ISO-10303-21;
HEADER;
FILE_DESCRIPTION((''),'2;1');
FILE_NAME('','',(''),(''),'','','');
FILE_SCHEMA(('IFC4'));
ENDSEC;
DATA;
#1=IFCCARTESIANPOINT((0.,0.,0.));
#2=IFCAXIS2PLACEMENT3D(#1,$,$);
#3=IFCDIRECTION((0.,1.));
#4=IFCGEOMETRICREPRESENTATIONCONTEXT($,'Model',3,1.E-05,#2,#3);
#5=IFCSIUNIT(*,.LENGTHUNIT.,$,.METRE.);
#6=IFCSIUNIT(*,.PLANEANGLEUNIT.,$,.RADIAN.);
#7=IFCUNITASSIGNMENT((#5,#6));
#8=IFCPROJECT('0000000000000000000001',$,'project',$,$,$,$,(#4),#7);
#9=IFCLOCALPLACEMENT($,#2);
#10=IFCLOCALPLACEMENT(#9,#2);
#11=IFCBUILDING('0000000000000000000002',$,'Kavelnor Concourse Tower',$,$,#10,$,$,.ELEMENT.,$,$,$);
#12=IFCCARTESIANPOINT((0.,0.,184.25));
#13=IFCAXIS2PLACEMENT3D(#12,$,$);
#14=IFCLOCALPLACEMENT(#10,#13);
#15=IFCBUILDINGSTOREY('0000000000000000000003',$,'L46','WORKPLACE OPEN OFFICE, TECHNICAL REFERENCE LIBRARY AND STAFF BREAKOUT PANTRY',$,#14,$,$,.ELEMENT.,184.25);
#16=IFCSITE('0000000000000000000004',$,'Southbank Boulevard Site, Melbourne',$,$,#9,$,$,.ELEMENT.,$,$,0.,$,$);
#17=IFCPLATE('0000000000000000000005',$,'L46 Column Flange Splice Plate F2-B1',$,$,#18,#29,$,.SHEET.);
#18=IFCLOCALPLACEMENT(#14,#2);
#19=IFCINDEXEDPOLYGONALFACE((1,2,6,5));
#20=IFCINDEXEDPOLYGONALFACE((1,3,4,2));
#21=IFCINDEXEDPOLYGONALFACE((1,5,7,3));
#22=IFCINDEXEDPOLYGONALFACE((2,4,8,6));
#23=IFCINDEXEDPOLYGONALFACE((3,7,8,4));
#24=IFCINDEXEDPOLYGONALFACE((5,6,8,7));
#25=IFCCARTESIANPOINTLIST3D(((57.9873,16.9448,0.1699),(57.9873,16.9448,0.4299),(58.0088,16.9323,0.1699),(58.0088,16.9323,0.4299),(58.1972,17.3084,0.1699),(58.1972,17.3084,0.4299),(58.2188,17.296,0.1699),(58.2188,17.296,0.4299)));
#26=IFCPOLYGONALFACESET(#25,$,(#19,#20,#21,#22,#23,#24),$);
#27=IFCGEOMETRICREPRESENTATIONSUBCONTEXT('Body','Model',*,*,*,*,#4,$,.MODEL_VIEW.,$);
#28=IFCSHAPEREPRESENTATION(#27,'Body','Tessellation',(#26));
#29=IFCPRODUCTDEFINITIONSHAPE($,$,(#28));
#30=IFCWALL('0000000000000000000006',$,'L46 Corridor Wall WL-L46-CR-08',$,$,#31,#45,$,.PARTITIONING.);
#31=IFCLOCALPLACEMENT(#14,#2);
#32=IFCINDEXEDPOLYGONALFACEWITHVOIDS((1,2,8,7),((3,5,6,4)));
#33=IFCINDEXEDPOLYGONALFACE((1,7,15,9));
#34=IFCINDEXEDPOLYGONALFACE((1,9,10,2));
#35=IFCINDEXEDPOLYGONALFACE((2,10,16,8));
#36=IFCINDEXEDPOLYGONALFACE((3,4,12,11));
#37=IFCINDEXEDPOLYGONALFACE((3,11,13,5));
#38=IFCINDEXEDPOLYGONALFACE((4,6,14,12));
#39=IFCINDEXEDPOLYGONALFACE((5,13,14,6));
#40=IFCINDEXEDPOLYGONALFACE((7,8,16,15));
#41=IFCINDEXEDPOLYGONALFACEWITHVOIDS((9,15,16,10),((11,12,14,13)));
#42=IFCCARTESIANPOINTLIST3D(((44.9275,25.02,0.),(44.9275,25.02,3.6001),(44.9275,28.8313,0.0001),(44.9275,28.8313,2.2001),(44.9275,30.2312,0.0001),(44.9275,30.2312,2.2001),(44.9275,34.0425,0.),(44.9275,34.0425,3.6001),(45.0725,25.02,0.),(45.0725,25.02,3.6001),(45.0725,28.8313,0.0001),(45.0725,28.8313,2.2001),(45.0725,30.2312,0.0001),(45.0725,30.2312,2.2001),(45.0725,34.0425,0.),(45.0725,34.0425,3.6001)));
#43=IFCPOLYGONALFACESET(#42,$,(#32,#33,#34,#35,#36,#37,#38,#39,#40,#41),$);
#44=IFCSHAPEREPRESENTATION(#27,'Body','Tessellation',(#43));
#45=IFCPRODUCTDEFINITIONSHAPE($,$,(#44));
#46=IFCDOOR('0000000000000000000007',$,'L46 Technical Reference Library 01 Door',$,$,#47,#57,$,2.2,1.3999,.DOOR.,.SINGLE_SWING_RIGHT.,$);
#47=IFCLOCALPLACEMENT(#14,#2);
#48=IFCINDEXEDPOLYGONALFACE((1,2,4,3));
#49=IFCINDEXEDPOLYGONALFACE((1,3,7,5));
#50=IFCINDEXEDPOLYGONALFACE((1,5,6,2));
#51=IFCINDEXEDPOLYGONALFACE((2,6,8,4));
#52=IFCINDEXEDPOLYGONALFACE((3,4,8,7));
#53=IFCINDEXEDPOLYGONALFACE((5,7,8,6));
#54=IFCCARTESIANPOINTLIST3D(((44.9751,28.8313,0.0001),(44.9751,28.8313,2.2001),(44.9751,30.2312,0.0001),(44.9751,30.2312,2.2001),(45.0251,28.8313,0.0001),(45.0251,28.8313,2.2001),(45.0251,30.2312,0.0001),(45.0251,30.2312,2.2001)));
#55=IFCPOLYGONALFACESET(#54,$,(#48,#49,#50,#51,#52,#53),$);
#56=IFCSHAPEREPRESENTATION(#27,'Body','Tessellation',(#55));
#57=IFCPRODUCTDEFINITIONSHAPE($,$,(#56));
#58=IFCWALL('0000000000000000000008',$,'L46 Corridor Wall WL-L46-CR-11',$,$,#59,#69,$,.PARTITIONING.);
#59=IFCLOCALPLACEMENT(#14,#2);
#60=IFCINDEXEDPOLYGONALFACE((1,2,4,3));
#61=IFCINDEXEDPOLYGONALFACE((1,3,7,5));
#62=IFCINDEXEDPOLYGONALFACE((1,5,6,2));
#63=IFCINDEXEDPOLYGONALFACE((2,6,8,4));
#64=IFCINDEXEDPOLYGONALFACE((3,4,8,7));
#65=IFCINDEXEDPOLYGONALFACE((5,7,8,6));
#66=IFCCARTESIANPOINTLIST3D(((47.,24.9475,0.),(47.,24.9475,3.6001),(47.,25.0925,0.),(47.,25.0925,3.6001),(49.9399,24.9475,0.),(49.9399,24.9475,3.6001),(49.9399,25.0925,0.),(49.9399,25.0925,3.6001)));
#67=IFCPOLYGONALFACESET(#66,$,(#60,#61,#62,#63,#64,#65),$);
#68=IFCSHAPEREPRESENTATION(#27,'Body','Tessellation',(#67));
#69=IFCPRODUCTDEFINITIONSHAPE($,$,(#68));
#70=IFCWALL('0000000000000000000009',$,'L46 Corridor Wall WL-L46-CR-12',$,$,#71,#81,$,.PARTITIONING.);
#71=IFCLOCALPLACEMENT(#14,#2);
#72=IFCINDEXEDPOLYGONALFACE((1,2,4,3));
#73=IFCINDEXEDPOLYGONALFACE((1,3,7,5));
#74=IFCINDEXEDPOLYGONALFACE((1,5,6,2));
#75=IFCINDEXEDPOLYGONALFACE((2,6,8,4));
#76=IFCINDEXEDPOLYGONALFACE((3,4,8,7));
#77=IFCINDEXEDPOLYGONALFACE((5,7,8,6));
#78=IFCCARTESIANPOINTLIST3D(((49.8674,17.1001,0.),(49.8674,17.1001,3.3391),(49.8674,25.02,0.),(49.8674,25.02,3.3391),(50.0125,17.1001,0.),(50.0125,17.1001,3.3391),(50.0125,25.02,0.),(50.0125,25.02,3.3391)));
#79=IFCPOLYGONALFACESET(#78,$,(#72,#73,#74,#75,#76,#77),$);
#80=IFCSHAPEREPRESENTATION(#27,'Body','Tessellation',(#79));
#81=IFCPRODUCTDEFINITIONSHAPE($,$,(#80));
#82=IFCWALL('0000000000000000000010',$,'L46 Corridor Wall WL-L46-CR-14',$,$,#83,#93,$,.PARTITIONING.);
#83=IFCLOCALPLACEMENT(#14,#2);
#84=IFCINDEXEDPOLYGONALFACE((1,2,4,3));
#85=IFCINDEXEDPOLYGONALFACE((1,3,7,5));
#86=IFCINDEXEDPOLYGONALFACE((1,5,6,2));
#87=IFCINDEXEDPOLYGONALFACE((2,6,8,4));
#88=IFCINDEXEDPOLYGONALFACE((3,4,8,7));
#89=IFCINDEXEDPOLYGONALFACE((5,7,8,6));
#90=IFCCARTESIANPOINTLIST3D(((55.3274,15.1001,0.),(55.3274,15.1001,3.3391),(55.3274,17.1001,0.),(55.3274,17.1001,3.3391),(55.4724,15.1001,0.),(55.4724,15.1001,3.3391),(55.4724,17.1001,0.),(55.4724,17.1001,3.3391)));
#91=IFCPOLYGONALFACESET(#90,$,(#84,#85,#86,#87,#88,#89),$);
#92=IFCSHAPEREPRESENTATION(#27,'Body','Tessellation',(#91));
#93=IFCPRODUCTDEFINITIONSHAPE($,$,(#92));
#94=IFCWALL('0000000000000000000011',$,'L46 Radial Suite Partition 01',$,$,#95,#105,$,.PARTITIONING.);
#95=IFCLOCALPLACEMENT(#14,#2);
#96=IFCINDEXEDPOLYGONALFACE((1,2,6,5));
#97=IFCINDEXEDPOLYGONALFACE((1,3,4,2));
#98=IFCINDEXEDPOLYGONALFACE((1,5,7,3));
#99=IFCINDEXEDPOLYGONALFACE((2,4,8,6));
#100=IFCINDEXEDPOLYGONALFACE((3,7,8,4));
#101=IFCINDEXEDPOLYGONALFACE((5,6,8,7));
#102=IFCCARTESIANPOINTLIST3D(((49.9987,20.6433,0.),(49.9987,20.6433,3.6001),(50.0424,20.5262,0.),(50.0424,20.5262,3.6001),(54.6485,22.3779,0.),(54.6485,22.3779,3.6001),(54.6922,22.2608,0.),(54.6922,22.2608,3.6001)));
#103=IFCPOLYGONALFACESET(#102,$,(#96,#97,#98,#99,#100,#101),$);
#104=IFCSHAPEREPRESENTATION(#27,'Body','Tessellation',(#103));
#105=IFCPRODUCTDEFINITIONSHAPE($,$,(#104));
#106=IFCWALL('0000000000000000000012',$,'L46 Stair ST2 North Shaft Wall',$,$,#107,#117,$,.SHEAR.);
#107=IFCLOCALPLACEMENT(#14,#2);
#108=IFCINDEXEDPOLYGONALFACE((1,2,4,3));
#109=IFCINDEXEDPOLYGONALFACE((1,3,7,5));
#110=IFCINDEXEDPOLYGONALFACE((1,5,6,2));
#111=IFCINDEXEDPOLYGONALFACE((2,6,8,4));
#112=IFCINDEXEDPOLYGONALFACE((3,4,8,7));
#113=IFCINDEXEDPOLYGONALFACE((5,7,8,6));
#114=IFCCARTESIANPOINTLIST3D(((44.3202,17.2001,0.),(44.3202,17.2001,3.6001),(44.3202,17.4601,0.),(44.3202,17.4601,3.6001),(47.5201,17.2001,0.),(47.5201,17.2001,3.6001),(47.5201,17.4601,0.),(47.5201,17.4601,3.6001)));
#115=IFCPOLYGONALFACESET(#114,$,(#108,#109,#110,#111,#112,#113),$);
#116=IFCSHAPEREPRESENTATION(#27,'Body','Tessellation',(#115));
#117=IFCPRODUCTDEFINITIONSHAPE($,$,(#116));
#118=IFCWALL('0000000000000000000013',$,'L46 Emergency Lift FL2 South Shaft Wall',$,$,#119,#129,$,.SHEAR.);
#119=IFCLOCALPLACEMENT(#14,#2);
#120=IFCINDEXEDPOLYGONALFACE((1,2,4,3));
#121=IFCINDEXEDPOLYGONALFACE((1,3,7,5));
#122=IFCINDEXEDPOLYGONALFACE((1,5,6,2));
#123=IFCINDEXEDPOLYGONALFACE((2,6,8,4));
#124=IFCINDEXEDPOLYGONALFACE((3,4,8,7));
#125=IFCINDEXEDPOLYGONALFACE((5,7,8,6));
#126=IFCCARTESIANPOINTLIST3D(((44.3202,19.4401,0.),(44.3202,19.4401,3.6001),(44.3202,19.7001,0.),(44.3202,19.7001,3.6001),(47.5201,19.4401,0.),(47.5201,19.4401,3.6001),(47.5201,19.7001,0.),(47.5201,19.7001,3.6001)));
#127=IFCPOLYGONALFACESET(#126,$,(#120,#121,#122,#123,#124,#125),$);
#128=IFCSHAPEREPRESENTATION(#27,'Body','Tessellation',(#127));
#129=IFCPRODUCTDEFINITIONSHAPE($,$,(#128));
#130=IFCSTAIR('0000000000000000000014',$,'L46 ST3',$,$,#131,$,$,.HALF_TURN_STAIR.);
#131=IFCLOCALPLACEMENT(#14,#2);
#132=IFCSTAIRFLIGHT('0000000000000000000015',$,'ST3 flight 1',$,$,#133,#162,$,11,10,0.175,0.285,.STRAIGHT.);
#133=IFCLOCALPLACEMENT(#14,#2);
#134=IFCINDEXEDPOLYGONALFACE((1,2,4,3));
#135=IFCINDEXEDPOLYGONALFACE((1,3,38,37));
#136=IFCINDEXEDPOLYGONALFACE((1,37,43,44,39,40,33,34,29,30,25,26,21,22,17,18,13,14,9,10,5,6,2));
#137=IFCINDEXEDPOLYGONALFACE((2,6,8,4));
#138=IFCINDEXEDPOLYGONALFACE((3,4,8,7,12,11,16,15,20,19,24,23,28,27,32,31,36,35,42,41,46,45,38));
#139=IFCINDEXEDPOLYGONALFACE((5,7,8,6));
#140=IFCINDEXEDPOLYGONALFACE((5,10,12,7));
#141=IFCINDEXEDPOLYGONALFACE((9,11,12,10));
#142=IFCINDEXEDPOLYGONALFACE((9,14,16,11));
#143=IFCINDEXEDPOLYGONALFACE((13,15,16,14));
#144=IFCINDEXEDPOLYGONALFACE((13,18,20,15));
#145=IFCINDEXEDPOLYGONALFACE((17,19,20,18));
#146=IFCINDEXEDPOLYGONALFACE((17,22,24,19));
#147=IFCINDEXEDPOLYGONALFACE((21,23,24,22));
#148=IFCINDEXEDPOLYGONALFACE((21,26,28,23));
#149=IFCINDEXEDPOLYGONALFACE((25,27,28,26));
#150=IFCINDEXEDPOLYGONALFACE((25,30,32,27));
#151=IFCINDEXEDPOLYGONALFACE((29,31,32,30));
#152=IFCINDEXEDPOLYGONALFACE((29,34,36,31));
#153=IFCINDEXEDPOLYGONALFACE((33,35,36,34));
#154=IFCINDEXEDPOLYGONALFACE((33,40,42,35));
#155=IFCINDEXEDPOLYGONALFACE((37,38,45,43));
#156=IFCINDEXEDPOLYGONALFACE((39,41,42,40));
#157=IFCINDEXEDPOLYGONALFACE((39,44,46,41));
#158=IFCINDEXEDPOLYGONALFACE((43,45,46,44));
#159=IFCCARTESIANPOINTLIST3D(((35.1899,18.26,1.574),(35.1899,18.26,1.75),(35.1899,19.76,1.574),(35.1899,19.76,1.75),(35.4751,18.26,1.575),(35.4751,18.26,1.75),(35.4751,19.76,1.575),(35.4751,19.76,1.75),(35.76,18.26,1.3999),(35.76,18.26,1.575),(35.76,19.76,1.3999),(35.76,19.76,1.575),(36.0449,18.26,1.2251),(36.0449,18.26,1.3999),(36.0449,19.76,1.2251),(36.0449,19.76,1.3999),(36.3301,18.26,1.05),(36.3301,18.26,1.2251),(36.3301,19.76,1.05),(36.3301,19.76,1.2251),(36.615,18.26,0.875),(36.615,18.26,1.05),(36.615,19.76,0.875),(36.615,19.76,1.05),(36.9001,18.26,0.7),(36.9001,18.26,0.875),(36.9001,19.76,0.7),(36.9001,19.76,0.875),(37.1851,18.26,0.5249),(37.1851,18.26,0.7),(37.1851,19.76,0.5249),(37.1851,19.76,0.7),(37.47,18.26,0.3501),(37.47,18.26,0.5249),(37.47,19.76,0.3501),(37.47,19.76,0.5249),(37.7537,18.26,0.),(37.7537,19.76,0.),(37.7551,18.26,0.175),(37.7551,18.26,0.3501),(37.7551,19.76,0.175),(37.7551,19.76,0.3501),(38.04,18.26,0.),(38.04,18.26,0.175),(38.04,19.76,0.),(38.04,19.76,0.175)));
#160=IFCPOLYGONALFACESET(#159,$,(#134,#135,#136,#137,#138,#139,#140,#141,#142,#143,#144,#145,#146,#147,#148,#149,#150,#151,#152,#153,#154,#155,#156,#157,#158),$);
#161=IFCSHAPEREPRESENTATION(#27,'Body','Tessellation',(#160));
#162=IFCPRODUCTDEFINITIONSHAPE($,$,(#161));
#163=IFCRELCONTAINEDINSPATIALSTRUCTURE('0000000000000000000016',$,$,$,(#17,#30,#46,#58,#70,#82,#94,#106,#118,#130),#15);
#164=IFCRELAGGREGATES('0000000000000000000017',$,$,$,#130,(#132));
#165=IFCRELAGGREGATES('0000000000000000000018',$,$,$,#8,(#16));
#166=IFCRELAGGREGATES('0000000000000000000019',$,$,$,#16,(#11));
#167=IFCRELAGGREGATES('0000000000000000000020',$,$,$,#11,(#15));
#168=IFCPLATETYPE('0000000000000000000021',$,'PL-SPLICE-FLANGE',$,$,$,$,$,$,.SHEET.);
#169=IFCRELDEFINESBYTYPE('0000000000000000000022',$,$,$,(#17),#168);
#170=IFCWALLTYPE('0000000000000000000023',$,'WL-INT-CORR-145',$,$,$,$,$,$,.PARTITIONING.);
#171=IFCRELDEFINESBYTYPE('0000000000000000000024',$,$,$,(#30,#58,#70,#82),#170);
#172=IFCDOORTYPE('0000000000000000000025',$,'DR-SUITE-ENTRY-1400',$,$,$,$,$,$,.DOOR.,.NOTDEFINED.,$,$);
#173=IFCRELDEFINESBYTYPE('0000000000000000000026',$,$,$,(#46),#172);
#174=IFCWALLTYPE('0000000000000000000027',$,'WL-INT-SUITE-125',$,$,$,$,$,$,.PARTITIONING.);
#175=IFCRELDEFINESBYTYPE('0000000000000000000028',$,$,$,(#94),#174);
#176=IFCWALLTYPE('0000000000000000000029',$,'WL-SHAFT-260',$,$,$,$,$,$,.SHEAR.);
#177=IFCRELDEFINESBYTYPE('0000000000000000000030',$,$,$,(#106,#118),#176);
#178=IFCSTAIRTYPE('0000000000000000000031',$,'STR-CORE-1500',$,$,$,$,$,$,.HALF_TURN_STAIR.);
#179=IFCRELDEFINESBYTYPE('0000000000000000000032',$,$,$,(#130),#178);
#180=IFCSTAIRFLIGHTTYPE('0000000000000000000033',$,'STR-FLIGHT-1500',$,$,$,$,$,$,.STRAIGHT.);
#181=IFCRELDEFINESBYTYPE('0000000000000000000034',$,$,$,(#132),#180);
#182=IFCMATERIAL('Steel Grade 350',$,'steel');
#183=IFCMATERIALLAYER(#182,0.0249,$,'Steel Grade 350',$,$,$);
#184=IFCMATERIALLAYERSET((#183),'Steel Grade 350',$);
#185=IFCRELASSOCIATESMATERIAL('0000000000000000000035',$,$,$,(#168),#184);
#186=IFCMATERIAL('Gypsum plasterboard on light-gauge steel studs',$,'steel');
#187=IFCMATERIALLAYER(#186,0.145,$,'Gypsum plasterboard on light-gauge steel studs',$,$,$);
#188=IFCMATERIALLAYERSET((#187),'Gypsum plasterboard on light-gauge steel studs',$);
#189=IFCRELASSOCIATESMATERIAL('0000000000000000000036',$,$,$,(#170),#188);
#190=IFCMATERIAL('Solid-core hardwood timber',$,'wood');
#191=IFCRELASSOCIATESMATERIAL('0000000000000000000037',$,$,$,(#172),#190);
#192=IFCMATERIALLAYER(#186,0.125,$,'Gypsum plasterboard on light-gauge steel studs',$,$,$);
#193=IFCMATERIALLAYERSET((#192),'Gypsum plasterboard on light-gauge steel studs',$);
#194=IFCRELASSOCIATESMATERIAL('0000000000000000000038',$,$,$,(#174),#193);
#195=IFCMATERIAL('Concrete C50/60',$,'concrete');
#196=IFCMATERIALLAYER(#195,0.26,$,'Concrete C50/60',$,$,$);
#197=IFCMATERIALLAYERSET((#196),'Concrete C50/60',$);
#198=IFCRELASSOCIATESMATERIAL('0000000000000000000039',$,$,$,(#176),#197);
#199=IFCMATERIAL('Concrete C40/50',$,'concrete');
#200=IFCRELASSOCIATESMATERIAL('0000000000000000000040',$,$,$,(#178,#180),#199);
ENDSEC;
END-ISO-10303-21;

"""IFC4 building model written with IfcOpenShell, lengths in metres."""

from ifc_helpers import new_model, si_unit, direction, frame, frame_2d, origin, origin_2d, place, context, subcontext, project, spatial, polyline, rectangle, outline, extrude, material, layer, layer_set, type_object, element, fill, aggregate, save


model = new_model("IFC4")

# Units and contexts
model_context = context("Model", 3, precision=1e-05, world=origin(), true_north=direction((0.0, 1.0)))
body_context = subcontext(model_context, "Body", "Model", "MODEL_VIEW")
ifc_project = project(units=[si_unit("LENGTHUNIT", "METRE"), si_unit("PLANEANGLEUNIT", "RADIAN")], contexts=[model_context])

# Site, building, storey
site_placement = place(None, origin())
site = spatial("IfcSite", under=ifc_project, at=site_placement, Name="Southbank Boulevard Site, Melbourne", CompositionType="ELEMENT", RefElevation=0.0)
building_placement = place(site_placement, origin())
building = spatial("IfcBuilding", under=site, at=building_placement, Name="Kavelnor Concourse Tower", CompositionType="ELEMENT")
storey_placement = place(building_placement, frame((0.0, 0.0, 184.25)))
storey = spatial("IfcBuildingStorey", under=building, at=storey_placement, Name="L46", Description="WORKPLACE OPEN OFFICE, TECHNICAL REFERENCE LIBRARY AND STAFF BREAKOUT PANTRY", CompositionType="ELEMENT", Elevation=184.25)

# Shared definitions
ifc_material_1 = material(Name="Steel Grade 350", Category="steel")

# Plate
ifc_layer_1 = layer(ifc_material_1, 0.0249, Name="Steel Grade 350")
ifc_layer_set_1 = layer_set([ifc_layer_1], Name="Steel Grade 350")
plate_type_1 = type_object("IfcPlateType", Name="PL-SPLICE-FLANGE", PredefinedType="SHEET", material=ifc_layer_set_1)
plate_1_placement = place(storey_placement, frame((58.103, 17.1204, 0.1699), z_axis=(0.0, 0.0, 1.0), x_axis=(-0.5, -0.866025, 0.0)))
element("IfcPlate", 1, at=plate_1_placement, inside=storey, type_object=plate_type_1, Name="L46 Column Flange Splice Plate F2-B1", PredefinedType="SHEET", context=body_context, shape_type="SweptSolid", body=[
    extrude(rectangle(XDim=0.4199, YDim=0.0249, at=origin_2d()), origin(), (0.0, 0.0, 1.0), 0.26),
])

# Wall, opening, door
ifc_material_2 = material(Name="Gypsum plasterboard on light-gauge steel studs", Category="steel")
ifc_layer_2 = layer(ifc_material_2, 0.145, Name="Gypsum plasterboard on light-gauge steel studs")
ifc_layer_set_2 = layer_set([ifc_layer_2], Name="Gypsum plasterboard on light-gauge steel studs")
wall_type_1 = type_object("IfcWallType", Name="WL-INT-CORR-145", PredefinedType="PARTITIONING", material=ifc_layer_set_2)
wall_1_placement = place(storey_placement, frame((45.0, 25.02, 0.0), z_axis=(0.0, 0.0, 1.0), x_axis=(0.0, 1.0, 0.0)))
wall_1 = element("IfcWall", 2, at=wall_1_placement, inside=storey, type_object=wall_type_1, Name="L46 Corridor Wall WL-L46-CR-08", PredefinedType="PARTITIONING", context=body_context, shape_type="SweptSolid", body=[
    extrude(rectangle(XDim=9.0225, YDim=0.145, at=frame_2d((4.5112, 0.0))), origin(), (0.0, 0.0, 1.0), 3.6001),
])
opening_placement = place(wall_1_placement, frame((3.8113, 0.0, 0.0)))
opening = element("IfcOpeningElement", 3, at=opening_placement, cuts=wall_1, PredefinedType="OPENING", context=body_context, shape_type="SweptSolid", body=[
    extrude(rectangle(XDim=1.3999, YDim=2.2, at=frame_2d((0.7, 1.1001))), frame((0.0, 0.0825, 0.0), z_axis=(0.0, -1.0, 0.0), x_axis=(1.0, 0.0, 0.0)), (0.0, 0.0, 1.0), 0.165),
])
ifc_material_3 = material(Name="Solid-core hardwood timber", Category="wood")
door_type = type_object("IfcDoorType", Name="DR-SUITE-ENTRY-1400", OperationType="NOTDEFINED", PredefinedType="DOOR", material=ifc_material_3)
door_placement = place(opening_placement, origin())
door = element("IfcDoor", 4, at=door_placement, inside=storey, type_object=door_type, Name="L46 Technical Reference Library 01 Door", OperationType="SINGLE_SWING_RIGHT", OverallHeight=2.2, OverallWidth=1.3999, PredefinedType="DOOR", context=body_context, shape_type="SweptSolid", body=[
    extrude(rectangle(XDim=1.3999, YDim=2.2, at=frame_2d((0.7, 1.1001))), frame((0.0, 0.0249, 0.0), z_axis=(0.0, -1.0, 0.0), x_axis=(1.0, 0.0, 0.0)), (0.0, 0.0, 1.0), 0.05),
])
fill(opening, door)

# Walls
wall_2_placement = place(storey_placement, frame((47.0, 25.02, 0.0), z_axis=(0.0, 0.0, 1.0), x_axis=(1.0, 0.0, 0.0)))
element("IfcWall", 5, at=wall_2_placement, inside=storey, type_object=wall_type_1, Name="L46 Corridor Wall WL-L46-CR-11", PredefinedType="PARTITIONING", context=body_context, shape_type="SweptSolid", body=[
    extrude(rectangle(XDim=2.9399, YDim=0.145, at=frame_2d((1.47, 0.0))), origin(), (0.0, 0.0, 1.0), 3.6001),
])
wall_3_placement = place(storey_placement, frame((49.9399, 25.02, 0.0), z_axis=(0.0, 0.0, 1.0), x_axis=(0.0, -1.0, 0.0)))
element("IfcWall", 6, at=wall_3_placement, inside=storey, type_object=wall_type_1, Name="L46 Corridor Wall WL-L46-CR-12", PredefinedType="PARTITIONING", context=body_context, shape_type="SweptSolid", body=[
    extrude(rectangle(XDim=7.9199, YDim=0.145, at=frame_2d((3.96, 0.0))), origin(), (0.0, 0.0, 1.0), 3.3391),
])
wall_4_placement = place(storey_placement, frame((55.3999, 17.1001, 0.0), z_axis=(0.0, 0.0, 1.0), x_axis=(0.0, -1.0, 0.0)))
element("IfcWall", 7, at=wall_4_placement, inside=storey, type_object=wall_type_1, Name="L46 Corridor Wall WL-L46-CR-14", PredefinedType="PARTITIONING", context=body_context, shape_type="SweptSolid", body=[
    extrude(rectangle(XDim=2.0, YDim=0.145, at=frame_2d((1.0, 0.0))), origin(), (0.0, 0.0, 1.0), 3.3391),
])
ifc_layer_3 = layer(ifc_material_2, 0.125, Name="Gypsum plasterboard on light-gauge steel studs")
ifc_layer_set_3 = layer_set([ifc_layer_3], Name="Gypsum plasterboard on light-gauge steel studs")
wall_type_2 = type_object("IfcWallType", Name="WL-INT-SUITE-125", PredefinedType="PARTITIONING", material=ifc_layer_set_3)
wall_5_placement = place(storey_placement, frame((50.0205, 20.5847, 0.0), z_axis=(0.0, 0.0, 1.0), x_axis=(0.93693, 0.349516, 0.0)))
element("IfcWall", 8, at=wall_5_placement, inside=storey, type_object=wall_type_2, Name="L46 Radial Suite Partition 01", PredefinedType="PARTITIONING", context=body_context, shape_type="SweptSolid", body=[
    extrude(rectangle(XDim=4.9629, YDim=0.125, at=frame_2d((2.4814, 0.0))), origin(), (0.0, 0.0, 1.0), 3.6001),
])
ifc_material_4 = material(Name="Concrete C50/60", Category="concrete")
ifc_layer_4 = layer(ifc_material_4, 0.26, Name="Concrete C50/60")
ifc_layer_set_4 = layer_set([ifc_layer_4], Name="Concrete C50/60")
wall_type_3 = type_object("IfcWallType", Name="WL-SHAFT-260", PredefinedType="SHEAR", material=ifc_layer_set_4)
for number, where, z_axis, x_axis, name in (
    (9, (44.3201, 17.3301, 0.0), (0.0, 0.0, 1.0), (1.0, 0.0, 0.0), "L46 Stair ST2 North Shaft Wall"),
    (10, (44.3201, 19.5701, 0.0), (0.0, 0.0, 1.0), (1.0, 0.0, 0.0), "L46 Emergency Lift FL2 South Shaft Wall"),
):
    element("IfcWall", number, at=place(storey_placement, frame(where, z_axis=z_axis, x_axis=x_axis)), inside=storey, type_object=wall_type_3, Name=name, PredefinedType="SHEAR", context=body_context, shape_type="SweptSolid", body=[
        extrude(rectangle(XDim=3.2, YDim=0.26, at=frame_2d((1.6001, 0.0))), origin(), (0.0, 0.0, 1.0), 3.6001),
    ])

# Stair, stair flight
ifc_material_5 = material(Name="Concrete C40/50", Category="concrete")
stair_type = type_object("IfcStairType", Name="STR-CORE-1500", PredefinedType="HALF_TURN_STAIR", material=ifc_material_5)
stair_placement = place(storey_placement, origin())
stair = element("IfcStair", 11, at=stair_placement, inside=storey, type_object=stair_type, Name="L46 ST3", PredefinedType="HALF_TURN_STAIR")
stair_flight_type = type_object("IfcStairFlightType", Name="STR-FLIGHT-1500", PredefinedType="STRAIGHT", material=ifc_material_5)
stair_flight_placement = place(storey_placement, frame((38.04, 19.01, 0.0), z_axis=(0.0, 0.0, 1.0), x_axis=(-1.0, 0.0, 0.0)))
stair_flight = element("IfcStairFlight", 12, at=stair_flight_placement, type_object=stair_flight_type, Name="ST3 flight 1", NumberOfRisers=11, NumberOfTreads=10, PredefinedType="STRAIGHT", RiserHeight=0.175, TreadLength=0.285, context=body_context, shape_type="SweptSolid", body=[
    extrude(outline(polyline([(0.0, 0.0), (0.0, 0.175), (0.2849, 0.175), (0.2849, 0.3501), (0.5701, 0.3501), (0.5701, 0.5249), (0.855, 0.5249), (0.855, 0.7), (1.1399, 0.7), (1.1399, 0.875), (1.425, 0.875), (1.425, 1.05), (1.71, 1.05), (1.71, 1.2251), (1.9951, 1.2251), (1.9951, 1.3999), (2.28, 1.3999), (2.28, 1.575), (2.5649, 1.575), (2.5649, 1.75), (2.8501, 1.75), (2.8501, 1.925), (2.8501, 1.574), (0.2864, 0.0), (0.0, 0.0)])), frame((0.0, 0.75, 0.0), z_axis=(0.0, -1.0, 0.0), x_axis=(1.0, 0.0, 0.0)), (0.0, 0.0, 1.0), 1.5),
])
aggregate(stair, [stair_flight])

save(model, "model.ifc")
